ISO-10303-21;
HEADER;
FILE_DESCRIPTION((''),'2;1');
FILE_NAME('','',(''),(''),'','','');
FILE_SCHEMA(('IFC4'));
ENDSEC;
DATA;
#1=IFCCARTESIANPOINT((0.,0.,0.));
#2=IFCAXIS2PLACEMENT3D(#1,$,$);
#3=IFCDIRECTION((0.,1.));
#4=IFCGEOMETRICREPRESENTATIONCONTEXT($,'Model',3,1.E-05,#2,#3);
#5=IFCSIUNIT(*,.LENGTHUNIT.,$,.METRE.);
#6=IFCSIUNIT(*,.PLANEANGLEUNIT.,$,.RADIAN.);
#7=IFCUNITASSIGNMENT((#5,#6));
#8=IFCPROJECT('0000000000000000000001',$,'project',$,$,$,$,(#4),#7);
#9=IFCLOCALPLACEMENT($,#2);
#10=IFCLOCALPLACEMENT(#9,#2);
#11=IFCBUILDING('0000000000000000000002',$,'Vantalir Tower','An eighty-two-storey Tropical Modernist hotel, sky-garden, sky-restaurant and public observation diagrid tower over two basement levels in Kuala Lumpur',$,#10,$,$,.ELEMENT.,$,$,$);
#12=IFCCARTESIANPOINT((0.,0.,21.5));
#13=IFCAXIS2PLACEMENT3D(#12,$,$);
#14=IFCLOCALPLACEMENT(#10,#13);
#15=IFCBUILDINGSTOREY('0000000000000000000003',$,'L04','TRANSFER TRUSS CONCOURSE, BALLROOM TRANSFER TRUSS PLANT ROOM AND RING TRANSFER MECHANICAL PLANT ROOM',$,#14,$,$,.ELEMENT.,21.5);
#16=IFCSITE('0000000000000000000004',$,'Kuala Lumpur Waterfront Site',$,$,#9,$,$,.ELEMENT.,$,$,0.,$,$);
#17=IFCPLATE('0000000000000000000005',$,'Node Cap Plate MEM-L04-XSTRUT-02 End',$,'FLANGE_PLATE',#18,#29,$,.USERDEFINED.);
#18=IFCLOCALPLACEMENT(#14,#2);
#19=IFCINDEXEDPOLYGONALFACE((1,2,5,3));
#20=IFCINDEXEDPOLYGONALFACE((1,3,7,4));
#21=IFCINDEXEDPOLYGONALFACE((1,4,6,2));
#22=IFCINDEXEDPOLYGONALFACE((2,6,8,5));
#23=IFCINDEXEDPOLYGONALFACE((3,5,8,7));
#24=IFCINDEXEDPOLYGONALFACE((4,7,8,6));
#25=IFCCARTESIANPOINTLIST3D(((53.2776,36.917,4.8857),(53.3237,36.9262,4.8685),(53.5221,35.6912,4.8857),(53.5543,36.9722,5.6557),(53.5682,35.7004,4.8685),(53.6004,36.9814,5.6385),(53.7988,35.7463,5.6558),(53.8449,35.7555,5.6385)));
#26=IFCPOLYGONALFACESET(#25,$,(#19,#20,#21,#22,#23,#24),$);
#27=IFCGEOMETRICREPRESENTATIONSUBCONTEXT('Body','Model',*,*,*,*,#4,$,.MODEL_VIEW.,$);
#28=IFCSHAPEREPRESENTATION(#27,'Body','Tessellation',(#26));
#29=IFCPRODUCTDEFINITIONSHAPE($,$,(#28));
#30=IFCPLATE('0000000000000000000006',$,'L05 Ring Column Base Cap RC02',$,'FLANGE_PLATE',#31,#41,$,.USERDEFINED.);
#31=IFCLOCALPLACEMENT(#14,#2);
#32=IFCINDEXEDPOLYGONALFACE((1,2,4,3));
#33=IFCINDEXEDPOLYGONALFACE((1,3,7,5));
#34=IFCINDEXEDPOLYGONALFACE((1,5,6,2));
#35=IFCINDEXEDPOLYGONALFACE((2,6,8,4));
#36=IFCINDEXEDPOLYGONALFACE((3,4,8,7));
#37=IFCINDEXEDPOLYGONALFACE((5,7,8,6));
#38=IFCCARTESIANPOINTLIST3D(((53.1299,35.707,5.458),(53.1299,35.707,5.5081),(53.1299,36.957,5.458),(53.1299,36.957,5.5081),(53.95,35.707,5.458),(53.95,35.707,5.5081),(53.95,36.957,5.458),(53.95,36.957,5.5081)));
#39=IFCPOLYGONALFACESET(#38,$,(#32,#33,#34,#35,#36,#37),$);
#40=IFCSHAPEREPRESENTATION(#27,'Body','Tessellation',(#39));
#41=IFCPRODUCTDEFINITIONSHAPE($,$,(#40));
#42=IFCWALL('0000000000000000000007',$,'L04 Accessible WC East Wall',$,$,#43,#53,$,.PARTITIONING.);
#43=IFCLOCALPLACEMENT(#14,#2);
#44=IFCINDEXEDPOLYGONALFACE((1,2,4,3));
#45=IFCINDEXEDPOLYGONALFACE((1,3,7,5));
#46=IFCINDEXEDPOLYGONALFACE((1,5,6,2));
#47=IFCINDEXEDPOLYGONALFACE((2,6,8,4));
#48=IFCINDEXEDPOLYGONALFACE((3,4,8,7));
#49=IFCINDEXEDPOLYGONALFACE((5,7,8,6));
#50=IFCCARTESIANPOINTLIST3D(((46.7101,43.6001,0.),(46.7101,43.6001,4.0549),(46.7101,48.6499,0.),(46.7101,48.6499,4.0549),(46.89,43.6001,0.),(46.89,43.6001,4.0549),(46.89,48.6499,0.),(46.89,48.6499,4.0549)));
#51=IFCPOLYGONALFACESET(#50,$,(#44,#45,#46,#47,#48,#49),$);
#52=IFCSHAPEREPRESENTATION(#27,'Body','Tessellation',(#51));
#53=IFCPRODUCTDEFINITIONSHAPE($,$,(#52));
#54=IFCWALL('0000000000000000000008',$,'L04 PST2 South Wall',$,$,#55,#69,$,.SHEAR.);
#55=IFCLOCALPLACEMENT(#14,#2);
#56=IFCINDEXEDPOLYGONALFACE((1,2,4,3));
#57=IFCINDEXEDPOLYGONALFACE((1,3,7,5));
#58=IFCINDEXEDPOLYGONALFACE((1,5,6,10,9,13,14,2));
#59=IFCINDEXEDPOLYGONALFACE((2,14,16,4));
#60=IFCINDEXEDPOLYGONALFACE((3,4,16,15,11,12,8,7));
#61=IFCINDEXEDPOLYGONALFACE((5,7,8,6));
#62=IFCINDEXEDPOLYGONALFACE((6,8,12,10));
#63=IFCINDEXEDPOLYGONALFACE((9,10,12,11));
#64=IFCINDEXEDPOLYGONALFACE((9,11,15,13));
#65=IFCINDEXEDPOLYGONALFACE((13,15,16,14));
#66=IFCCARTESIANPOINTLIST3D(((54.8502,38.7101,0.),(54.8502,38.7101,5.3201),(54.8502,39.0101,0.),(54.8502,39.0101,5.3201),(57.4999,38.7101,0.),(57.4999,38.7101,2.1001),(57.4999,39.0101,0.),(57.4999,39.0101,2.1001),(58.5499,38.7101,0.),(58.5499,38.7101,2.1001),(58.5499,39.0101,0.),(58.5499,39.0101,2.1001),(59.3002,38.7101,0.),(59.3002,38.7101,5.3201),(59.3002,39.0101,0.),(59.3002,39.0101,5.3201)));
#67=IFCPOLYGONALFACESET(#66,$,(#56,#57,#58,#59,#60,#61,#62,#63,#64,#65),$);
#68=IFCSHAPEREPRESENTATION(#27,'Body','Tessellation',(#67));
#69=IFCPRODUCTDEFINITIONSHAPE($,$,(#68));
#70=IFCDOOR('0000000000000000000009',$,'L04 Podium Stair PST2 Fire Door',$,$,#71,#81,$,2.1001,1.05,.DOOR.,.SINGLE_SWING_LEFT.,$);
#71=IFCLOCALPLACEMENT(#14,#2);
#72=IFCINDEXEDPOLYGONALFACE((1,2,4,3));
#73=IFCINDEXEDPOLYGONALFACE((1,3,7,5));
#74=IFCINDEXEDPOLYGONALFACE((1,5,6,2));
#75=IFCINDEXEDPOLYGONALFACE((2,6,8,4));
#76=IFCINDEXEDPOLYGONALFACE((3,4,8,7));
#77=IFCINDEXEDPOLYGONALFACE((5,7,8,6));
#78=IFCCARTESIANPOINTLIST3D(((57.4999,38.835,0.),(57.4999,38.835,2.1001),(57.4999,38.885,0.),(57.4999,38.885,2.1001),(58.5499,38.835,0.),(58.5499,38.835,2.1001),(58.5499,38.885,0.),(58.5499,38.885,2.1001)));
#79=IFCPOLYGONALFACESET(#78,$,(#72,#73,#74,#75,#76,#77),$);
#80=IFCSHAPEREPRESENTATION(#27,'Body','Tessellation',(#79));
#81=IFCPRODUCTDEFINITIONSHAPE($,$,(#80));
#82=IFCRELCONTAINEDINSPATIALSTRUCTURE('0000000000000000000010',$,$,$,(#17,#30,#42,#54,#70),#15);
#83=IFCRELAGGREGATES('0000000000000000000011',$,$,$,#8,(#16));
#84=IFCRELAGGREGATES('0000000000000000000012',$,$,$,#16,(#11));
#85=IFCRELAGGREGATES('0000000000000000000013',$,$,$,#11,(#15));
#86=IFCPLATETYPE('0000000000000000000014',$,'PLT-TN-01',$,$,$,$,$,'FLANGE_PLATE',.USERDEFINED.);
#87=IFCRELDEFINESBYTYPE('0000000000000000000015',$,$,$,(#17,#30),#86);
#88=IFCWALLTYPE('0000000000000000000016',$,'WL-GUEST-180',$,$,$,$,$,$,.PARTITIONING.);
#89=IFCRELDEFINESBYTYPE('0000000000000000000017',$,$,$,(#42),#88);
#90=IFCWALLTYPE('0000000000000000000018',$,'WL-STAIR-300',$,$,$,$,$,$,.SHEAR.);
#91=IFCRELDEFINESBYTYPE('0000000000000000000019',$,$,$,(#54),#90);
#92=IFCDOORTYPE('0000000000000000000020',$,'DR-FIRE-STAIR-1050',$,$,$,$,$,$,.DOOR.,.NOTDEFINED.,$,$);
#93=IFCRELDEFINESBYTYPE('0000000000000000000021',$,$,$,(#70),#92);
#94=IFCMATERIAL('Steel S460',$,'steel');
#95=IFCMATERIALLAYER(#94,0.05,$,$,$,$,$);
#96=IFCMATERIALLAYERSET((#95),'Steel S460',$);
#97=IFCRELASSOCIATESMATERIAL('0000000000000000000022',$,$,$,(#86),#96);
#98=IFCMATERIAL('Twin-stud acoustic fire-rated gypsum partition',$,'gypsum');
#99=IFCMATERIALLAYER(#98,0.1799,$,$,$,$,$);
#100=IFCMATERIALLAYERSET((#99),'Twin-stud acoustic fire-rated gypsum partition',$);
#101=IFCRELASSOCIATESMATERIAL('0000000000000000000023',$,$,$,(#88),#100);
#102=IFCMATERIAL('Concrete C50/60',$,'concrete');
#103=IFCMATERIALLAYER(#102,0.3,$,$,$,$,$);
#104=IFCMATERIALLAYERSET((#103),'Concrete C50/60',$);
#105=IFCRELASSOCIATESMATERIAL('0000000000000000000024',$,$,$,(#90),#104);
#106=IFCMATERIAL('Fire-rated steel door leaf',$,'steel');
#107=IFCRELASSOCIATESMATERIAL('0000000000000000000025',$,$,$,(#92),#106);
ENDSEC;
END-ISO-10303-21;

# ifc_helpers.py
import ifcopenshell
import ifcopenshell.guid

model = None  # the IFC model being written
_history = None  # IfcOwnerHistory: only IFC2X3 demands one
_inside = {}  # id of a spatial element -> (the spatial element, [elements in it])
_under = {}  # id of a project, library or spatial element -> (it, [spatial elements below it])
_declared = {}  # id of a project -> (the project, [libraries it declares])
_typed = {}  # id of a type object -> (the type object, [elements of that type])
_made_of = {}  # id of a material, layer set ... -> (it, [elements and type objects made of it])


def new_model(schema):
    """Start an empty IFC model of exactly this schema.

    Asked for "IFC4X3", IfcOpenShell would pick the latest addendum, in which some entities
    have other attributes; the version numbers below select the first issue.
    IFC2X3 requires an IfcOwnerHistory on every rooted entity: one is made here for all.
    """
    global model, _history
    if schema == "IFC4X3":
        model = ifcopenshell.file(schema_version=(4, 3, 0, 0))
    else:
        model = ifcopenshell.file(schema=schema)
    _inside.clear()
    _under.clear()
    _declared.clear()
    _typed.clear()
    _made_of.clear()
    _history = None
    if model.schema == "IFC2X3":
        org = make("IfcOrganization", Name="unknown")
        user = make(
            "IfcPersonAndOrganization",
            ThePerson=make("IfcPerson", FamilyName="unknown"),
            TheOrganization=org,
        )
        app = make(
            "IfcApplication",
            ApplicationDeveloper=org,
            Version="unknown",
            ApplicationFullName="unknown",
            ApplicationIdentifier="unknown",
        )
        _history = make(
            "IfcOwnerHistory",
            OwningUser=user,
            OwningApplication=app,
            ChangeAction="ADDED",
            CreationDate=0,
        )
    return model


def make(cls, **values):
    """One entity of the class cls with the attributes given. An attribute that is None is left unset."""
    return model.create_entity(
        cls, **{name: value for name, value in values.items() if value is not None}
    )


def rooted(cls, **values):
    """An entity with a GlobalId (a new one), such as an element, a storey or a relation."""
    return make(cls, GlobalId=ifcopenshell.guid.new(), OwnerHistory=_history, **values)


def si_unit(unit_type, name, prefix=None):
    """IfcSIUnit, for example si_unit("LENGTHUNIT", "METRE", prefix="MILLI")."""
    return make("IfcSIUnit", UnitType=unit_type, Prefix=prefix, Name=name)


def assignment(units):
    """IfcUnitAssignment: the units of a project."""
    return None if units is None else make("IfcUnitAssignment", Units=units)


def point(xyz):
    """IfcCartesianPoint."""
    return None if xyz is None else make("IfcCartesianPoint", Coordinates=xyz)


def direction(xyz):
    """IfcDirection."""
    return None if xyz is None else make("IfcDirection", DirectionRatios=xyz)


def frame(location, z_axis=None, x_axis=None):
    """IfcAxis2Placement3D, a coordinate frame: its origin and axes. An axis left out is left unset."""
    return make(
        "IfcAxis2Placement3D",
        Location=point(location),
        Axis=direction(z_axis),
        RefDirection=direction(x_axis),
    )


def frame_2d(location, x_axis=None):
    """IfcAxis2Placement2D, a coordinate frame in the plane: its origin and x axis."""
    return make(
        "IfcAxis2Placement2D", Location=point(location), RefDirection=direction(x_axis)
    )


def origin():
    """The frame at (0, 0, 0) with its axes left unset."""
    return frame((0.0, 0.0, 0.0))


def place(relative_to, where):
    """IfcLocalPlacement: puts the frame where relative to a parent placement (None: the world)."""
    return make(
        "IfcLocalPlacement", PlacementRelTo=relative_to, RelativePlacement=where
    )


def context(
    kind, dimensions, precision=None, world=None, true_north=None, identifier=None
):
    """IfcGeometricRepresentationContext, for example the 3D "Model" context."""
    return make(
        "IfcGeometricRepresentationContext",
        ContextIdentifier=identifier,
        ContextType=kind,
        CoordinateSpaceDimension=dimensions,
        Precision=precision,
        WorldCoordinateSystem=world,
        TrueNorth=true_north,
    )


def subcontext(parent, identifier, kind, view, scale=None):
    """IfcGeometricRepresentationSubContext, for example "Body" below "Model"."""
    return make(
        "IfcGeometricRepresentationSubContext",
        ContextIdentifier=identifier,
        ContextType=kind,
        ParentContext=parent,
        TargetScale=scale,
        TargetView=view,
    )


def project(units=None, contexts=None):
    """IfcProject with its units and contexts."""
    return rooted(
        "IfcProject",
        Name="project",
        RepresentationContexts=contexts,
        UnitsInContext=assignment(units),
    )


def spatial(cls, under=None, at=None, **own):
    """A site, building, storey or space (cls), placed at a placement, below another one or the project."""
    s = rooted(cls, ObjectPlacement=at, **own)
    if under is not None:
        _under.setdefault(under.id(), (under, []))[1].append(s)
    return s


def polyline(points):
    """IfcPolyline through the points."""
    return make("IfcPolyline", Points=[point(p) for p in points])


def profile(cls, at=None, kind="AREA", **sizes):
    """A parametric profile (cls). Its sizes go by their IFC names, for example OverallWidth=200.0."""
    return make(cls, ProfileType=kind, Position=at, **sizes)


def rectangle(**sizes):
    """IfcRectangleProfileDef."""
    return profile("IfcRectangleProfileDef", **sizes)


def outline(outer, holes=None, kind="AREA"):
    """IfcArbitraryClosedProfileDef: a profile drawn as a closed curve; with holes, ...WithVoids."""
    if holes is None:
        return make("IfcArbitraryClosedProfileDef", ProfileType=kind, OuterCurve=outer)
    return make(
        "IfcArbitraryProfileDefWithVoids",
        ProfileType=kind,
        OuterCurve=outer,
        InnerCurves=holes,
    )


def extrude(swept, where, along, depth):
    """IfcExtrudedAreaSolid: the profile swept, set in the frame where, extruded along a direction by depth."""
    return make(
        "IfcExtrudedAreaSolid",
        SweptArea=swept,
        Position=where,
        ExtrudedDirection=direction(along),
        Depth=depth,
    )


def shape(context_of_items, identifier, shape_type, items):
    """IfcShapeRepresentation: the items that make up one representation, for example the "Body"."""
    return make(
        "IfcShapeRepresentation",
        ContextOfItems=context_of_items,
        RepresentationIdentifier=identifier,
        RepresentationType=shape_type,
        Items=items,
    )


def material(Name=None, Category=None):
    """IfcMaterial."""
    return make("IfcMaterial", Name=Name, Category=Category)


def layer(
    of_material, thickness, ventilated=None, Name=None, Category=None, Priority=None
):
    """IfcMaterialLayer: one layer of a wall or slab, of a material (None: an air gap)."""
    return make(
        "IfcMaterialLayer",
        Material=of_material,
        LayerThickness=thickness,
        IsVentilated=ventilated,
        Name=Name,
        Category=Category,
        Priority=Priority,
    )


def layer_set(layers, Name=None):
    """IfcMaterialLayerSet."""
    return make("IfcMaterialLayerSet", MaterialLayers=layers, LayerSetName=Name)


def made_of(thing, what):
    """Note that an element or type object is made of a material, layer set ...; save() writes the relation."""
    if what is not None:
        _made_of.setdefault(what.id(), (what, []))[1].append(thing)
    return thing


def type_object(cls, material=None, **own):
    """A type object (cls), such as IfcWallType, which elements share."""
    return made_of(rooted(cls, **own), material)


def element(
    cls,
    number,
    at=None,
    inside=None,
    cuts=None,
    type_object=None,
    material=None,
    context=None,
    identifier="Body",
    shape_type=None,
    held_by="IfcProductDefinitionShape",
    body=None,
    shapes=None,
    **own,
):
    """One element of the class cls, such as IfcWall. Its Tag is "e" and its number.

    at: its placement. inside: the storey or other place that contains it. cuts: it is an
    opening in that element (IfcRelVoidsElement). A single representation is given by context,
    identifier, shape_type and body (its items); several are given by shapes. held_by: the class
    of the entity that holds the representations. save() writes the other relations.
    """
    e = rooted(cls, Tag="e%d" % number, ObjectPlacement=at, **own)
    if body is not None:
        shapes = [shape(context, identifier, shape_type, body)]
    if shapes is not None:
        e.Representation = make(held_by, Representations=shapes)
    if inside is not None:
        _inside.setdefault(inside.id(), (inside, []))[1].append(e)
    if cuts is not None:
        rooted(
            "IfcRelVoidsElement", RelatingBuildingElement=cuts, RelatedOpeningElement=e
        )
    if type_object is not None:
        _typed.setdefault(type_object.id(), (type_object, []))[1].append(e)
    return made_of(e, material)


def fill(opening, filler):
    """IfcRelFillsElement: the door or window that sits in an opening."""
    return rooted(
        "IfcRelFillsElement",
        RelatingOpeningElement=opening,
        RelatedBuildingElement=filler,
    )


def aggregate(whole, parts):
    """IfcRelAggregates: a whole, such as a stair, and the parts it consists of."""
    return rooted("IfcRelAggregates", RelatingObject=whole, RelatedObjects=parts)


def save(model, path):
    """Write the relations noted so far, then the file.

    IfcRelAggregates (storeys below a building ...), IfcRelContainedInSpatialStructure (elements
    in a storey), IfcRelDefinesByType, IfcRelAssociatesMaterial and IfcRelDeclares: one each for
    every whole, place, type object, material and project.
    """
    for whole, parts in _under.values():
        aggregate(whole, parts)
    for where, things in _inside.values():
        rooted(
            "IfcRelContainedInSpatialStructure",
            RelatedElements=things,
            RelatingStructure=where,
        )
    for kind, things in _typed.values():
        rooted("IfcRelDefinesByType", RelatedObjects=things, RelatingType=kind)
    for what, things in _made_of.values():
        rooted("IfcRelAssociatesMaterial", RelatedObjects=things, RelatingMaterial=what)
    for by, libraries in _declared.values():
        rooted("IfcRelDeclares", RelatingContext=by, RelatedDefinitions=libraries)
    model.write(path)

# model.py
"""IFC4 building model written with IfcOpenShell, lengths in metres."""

from ifc_helpers import new_model, si_unit, direction, frame, frame_2d, origin, place, context, subcontext, project, spatial, polyline, rectangle, outline, extrude, material, layer, layer_set, type_object, element, fill, save


model = new_model("IFC4")

# Units and contexts
model_context = context("Model", 3, precision=1e-05, world=origin(), true_north=direction((0.0, 1.0)))
body_context = subcontext(model_context, "Body", "Model", "MODEL_VIEW")
ifc_project = project(units=[si_unit("LENGTHUNIT", "METRE"), si_unit("PLANEANGLEUNIT", "RADIAN")], contexts=[model_context])

# Site, building, storey
site_placement = place(None, origin())
site = spatial("IfcSite", under=ifc_project, at=site_placement, Name="Kuala Lumpur Waterfront Site", CompositionType="ELEMENT", RefElevation=0.0)
building_placement = place(site_placement, origin())
building = spatial("IfcBuilding", under=site, at=building_placement, Name="Vantalir Tower", Description="An eighty-two-storey Tropical Modernist hotel, sky-garden, sky-restaurant and public observation diagrid tower over two basement levels in Kuala Lumpur", CompositionType="ELEMENT")
storey_placement = place(building_placement, frame((0.0, 0.0, 21.5)))
storey = spatial("IfcBuildingStorey", under=building, at=storey_placement, Name="L04", Description="TRANSFER TRUSS CONCOURSE, BALLROOM TRANSFER TRUSS PLANT ROOM AND RING TRANSFER MECHANICAL PLANT ROOM", CompositionType="ELEMENT", Elevation=21.5)

# Shared definitions
ifc_material_1 = material(Name="Concrete C50/60", Category="concrete")

# Shared definitions
ifc_material_2 = material(Name="Steel S460", Category="steel")

# Plates
ifc_layer_1 = layer(ifc_material_2, 0.05)
ifc_layer_set_1 = layer_set([ifc_layer_1], Name="Steel S460")
plate_type = type_object("IfcPlateType", Name="PLT-TN-01", ElementType="FLANGE_PLATE", PredefinedType="USERDEFINED", material=ifc_layer_set_1)
plate_1_placement = place(storey_placement, frame((53.2776, 36.917, 4.8857), z_axis=(-0.920801, -0.183665, 0.344082), x_axis=(0.195598, -0.980684, -0.000031)))
element("IfcPlate", 1, at=plate_1_placement, inside=storey, type_object=plate_type, Name="Node Cap Plate MEM-L04-XSTRUT-02 End", ObjectType="FLANGE_PLATE", PredefinedType="USERDEFINED", context=body_context, shape_type="SweptSolid", body=[
    extrude(outline(polyline([(0.0, 0.0), (1.25, 0.0), (1.25, 0.8201), (0.0, 0.8201), (0.0, 0.0)])), origin(), (0.0, 0.0, -1.0), 0.05),
])
plate_2_placement = place(storey_placement, frame((53.1299, 36.957, 5.5081), z_axis=(0.0, 0.0, 1.0), x_axis=(0.0, -1.0, 0.0)))
element("IfcPlate", 2, at=plate_2_placement, inside=storey, type_object=plate_type, Name="L05 Ring Column Base Cap RC02", ObjectType="FLANGE_PLATE", PredefinedType="USERDEFINED", context=body_context, shape_type="SweptSolid", body=[
    extrude(outline(polyline([(0.0, 0.0), (1.25, 0.0), (1.25, 0.8201), (0.0, 0.8201), (0.0, 0.0)])), origin(), (0.0, 0.0, -1.0), 0.05),
])

# Wall
ifc_material_3 = material(Name="Twin-stud acoustic fire-rated gypsum partition", Category="gypsum")
ifc_layer_2 = layer(ifc_material_3, 0.1799)
ifc_layer_set_2 = layer_set([ifc_layer_2], Name="Twin-stud acoustic fire-rated gypsum partition")
wall_type_1 = type_object("IfcWallType", Name="WL-GUEST-180", PredefinedType="PARTITIONING", material=ifc_layer_set_2)
wall_1_placement = place(storey_placement, frame((46.8, 43.6001, 0.0), z_axis=(0.0, 0.0, 1.0), x_axis=(0.0, 1.0, 0.0)))
element("IfcWall", 3, at=wall_1_placement, inside=storey, type_object=wall_type_1, Name="L04 Accessible WC East Wall", PredefinedType="PARTITIONING", context=body_context, shape_type="SweptSolid", body=[
    extrude(rectangle(XDim=5.0498, YDim=0.1799, at=frame_2d((2.5249, 0.0))), origin(), (0.0, 0.0, 1.0), 4.0549),
])

# Wall, opening, door
ifc_layer_3 = layer(ifc_material_1, 0.3)
ifc_layer_set_3 = layer_set([ifc_layer_3], Name="Concrete C50/60")
wall_type_2 = type_object("IfcWallType", Name="WL-STAIR-300", PredefinedType="SHEAR", material=ifc_layer_set_3)
wall_2_placement = place(storey_placement, frame((54.8501, 38.8601, 0.0), z_axis=(0.0, 0.0, 1.0), x_axis=(1.0, 0.0, 0.0)))
wall_2 = element("IfcWall", 4, at=wall_2_placement, inside=storey, type_object=wall_type_2, Name="L04 PST2 South Wall", PredefinedType="SHEAR", context=body_context, shape_type="SweptSolid", body=[
    extrude(rectangle(XDim=4.45, YDim=0.3, at=frame_2d((2.2251, 0.0))), origin(), (0.0, 0.0, 1.0), 5.3201),
])
opening_placement = place(wall_2_placement, frame((2.6499, 0.0, 0.0)))
opening = element("IfcOpeningElement", 5, at=opening_placement, cuts=wall_2, PredefinedType="OPENING", context=body_context, shape_type="SweptSolid", body=[
    extrude(rectangle(XDim=1.05, YDim=2.1001, at=frame_2d((0.5249, 1.05))), frame((0.0, 0.1599, 0.0), z_axis=(0.0, -1.0, 0.0), x_axis=(1.0, 0.0, 0.0)), (0.0, 0.0, 1.0), 0.3201),
])
ifc_material_4 = material(Name="Fire-rated steel door leaf", Category="steel")
door_type = type_object("IfcDoorType", Name="DR-FIRE-STAIR-1050", OperationType="NOTDEFINED", PredefinedType="DOOR", material=ifc_material_4)
door_placement = place(opening_placement, origin())
door = element("IfcDoor", 6, at=door_placement, inside=storey, type_object=door_type, Name="L04 Podium Stair PST2 Fire Door", OperationType="SINGLE_SWING_LEFT", OverallHeight=2.1001, OverallWidth=1.05, PredefinedType="DOOR", context=body_context, shape_type="SweptSolid", body=[
    extrude(rectangle(XDim=1.05, YDim=2.1001, at=frame_2d((0.5249, 1.05))), frame((0.0, 0.0249, 0.0), z_axis=(0.0, -1.0, 0.0), x_axis=(1.0, 0.0, 0.0)), (0.0, 0.0, 1.0), 0.05),
])
fill(opening, door)

save(model, "model.ifc")
